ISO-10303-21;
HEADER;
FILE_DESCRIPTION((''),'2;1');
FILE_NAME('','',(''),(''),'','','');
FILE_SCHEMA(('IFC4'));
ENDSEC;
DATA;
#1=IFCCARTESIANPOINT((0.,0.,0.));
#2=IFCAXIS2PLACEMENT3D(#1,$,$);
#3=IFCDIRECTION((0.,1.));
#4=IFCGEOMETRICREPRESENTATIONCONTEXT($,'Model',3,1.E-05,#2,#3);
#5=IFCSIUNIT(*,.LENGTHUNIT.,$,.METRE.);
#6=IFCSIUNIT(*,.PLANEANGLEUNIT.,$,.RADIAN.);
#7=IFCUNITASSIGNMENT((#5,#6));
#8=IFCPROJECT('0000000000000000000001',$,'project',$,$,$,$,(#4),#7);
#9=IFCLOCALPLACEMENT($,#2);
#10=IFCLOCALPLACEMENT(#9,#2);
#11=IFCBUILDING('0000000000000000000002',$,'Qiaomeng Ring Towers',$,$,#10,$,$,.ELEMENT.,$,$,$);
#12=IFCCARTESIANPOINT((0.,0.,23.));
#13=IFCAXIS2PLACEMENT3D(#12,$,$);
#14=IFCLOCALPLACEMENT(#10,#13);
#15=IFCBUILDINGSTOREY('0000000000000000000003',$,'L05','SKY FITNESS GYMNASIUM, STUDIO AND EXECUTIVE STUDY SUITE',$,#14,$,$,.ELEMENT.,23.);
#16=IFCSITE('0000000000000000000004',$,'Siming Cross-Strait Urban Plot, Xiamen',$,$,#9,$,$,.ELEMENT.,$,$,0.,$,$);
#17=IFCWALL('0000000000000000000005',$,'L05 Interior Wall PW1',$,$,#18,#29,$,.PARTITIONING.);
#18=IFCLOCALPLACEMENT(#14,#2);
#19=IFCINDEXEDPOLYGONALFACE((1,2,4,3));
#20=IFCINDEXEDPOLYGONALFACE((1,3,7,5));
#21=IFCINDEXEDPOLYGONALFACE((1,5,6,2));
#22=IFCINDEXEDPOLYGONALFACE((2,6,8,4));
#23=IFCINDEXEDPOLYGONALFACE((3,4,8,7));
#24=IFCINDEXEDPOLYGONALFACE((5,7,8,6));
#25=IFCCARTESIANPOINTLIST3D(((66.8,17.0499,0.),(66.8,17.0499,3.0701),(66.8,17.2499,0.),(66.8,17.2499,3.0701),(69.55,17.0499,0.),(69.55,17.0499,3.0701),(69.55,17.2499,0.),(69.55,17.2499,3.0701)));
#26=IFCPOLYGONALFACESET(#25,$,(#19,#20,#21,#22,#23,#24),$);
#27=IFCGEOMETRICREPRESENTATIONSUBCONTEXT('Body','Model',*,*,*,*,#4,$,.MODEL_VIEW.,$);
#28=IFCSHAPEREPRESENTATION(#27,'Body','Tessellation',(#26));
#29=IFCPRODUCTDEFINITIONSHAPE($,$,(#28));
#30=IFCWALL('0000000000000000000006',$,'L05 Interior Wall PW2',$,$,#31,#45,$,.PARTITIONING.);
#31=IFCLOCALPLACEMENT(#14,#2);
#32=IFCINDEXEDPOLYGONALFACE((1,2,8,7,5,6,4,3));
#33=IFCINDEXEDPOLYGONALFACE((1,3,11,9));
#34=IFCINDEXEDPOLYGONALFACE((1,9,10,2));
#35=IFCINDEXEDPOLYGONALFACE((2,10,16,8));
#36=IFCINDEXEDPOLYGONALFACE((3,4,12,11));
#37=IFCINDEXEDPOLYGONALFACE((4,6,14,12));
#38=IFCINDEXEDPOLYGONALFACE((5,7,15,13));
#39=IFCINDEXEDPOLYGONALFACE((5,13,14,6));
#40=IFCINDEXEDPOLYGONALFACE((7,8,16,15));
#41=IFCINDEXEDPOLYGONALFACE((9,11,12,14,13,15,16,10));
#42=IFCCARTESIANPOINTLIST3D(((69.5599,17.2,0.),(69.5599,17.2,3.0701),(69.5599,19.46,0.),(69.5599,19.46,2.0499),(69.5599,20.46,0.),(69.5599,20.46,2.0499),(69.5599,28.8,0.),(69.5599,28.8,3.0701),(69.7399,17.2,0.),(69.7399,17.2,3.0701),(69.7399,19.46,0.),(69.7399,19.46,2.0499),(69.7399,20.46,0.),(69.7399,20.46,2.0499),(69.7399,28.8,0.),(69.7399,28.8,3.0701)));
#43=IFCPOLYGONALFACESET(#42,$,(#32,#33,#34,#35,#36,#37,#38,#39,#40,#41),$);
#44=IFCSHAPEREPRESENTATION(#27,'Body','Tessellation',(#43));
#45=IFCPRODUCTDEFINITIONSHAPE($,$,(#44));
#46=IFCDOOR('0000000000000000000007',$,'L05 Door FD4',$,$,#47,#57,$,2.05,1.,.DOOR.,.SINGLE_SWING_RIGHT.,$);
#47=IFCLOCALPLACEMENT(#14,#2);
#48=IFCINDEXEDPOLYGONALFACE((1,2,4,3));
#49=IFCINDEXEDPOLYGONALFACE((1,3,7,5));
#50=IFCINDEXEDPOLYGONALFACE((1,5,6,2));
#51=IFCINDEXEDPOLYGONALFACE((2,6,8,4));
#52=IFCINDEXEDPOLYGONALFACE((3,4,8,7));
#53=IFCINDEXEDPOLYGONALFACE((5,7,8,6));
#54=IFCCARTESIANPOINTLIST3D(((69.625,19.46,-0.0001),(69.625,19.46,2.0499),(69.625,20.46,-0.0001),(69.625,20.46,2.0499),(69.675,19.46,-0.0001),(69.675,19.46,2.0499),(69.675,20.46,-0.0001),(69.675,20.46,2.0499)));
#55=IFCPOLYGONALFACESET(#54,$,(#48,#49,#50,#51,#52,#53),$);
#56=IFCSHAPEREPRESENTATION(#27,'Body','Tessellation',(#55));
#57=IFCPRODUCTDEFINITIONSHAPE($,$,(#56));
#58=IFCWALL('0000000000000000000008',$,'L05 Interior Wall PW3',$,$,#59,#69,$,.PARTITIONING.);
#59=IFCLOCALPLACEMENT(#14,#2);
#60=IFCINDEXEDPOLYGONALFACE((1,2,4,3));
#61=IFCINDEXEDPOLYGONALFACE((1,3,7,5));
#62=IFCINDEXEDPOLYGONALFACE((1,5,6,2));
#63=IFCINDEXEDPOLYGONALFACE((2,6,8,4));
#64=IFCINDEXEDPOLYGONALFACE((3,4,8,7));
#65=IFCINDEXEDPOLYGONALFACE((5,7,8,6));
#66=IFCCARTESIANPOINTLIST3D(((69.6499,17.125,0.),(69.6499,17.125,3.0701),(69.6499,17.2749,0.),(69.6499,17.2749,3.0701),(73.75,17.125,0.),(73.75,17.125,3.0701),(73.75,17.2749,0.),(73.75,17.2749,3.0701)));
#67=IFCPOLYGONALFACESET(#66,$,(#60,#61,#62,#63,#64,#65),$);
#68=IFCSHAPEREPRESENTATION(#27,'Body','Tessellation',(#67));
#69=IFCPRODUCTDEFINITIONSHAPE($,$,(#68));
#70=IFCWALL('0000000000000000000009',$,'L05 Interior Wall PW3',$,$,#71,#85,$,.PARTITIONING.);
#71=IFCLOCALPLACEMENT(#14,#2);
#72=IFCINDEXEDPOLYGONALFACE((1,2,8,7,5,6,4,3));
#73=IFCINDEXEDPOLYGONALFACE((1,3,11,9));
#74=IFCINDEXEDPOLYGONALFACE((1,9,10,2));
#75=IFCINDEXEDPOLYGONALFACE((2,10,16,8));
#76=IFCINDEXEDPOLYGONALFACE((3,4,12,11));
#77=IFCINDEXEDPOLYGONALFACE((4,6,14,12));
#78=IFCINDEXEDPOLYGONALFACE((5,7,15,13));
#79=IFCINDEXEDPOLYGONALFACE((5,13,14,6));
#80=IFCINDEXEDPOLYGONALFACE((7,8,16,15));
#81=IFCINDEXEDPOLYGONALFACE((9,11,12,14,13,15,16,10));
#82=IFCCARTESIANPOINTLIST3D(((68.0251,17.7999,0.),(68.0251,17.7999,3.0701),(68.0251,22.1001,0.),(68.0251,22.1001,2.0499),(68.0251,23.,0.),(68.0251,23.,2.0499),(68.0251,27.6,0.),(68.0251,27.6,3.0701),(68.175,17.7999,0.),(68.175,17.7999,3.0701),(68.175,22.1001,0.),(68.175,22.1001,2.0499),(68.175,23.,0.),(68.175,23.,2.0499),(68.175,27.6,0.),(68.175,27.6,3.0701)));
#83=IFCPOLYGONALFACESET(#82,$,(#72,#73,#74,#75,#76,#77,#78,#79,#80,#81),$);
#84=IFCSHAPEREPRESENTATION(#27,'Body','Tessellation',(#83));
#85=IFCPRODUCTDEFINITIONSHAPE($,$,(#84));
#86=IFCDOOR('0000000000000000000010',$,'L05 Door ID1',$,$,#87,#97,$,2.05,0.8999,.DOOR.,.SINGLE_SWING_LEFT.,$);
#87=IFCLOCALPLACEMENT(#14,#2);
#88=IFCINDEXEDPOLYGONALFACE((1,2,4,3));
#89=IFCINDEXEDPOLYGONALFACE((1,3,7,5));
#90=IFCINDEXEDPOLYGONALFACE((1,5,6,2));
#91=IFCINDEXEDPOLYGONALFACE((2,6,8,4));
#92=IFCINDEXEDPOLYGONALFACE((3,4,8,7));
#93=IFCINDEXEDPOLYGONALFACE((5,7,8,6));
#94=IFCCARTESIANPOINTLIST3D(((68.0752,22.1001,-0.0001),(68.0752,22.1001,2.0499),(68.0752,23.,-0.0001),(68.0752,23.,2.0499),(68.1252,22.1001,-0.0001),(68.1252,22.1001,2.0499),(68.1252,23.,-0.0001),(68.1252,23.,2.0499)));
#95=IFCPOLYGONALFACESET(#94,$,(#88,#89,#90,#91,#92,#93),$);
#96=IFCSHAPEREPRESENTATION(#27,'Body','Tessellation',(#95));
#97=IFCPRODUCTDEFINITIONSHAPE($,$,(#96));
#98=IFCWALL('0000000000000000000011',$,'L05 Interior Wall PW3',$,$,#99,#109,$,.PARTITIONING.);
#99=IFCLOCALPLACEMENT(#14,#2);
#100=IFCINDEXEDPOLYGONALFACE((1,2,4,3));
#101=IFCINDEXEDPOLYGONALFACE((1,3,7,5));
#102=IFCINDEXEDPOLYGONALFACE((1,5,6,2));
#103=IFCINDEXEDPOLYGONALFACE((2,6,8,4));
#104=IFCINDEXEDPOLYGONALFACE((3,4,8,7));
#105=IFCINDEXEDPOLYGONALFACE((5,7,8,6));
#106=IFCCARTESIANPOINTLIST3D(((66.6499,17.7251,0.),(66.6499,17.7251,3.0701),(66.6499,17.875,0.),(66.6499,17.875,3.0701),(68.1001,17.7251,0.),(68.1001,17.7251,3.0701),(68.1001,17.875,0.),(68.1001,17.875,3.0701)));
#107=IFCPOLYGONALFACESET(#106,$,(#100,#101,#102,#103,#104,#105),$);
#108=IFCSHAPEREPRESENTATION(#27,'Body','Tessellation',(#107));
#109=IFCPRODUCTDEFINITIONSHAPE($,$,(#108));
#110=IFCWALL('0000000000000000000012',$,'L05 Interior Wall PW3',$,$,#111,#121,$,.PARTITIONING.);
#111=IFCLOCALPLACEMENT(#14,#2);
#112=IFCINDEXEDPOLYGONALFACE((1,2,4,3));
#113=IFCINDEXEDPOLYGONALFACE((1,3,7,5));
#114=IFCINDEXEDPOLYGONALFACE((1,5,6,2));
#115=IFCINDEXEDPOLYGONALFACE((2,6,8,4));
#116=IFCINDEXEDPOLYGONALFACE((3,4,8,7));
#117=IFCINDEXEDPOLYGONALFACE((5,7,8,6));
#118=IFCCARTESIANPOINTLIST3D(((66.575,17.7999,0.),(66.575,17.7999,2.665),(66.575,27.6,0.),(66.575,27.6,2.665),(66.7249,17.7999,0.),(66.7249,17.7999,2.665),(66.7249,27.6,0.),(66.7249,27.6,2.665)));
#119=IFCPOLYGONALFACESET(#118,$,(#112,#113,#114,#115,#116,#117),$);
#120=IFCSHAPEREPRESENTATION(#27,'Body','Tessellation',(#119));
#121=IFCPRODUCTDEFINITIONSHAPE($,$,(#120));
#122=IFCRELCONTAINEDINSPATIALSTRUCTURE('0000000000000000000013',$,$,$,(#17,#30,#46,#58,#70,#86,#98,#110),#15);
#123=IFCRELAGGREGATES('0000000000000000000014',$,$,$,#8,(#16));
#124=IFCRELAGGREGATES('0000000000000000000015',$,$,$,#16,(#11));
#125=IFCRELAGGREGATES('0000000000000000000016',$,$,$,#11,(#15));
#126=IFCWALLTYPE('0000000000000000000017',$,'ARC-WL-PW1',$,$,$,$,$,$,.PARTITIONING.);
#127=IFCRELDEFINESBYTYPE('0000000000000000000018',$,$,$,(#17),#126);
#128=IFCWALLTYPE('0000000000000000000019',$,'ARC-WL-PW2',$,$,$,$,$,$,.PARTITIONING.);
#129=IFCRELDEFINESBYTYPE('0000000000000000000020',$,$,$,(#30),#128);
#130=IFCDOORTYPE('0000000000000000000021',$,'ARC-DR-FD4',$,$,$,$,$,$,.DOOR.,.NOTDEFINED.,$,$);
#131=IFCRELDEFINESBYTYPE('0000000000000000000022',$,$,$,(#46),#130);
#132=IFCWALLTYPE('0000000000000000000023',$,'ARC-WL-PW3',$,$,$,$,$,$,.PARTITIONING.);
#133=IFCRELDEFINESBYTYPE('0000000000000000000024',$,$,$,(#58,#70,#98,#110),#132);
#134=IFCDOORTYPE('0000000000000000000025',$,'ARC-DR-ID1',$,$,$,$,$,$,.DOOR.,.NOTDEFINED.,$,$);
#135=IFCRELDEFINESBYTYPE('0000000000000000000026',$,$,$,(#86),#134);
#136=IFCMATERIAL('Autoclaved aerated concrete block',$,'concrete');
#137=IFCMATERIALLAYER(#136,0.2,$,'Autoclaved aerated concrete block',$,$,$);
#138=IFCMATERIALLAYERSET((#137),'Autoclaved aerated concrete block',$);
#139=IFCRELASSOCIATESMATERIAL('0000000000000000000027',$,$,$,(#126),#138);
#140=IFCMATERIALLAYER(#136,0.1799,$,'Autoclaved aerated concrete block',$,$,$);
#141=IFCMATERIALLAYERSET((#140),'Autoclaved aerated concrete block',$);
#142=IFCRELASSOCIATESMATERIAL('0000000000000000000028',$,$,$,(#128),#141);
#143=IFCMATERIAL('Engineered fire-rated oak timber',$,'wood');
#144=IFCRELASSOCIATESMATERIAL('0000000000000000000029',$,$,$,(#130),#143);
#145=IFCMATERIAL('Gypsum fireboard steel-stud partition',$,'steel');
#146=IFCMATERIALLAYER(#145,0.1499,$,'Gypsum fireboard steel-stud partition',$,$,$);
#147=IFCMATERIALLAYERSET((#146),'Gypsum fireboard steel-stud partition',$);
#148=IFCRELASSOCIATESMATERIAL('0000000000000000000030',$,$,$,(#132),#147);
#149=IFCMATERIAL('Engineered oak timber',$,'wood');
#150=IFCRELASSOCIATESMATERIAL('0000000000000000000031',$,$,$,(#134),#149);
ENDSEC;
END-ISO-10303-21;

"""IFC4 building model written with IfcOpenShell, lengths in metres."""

from ifc_helpers import new_model, si_unit, direction, frame, frame_2d, origin, place, context, subcontext, project, spatial, rectangle, extrude, source, transform, mapped, material, layer, layer_set, type_object, element, fill, save


model = new_model("IFC4")

# Units and contexts
model_context = context("Model", 3, precision=1e-05, world=origin(), true_north=direction((0.0, 1.0)))
body_context = subcontext(model_context, "Body", "Model", "MODEL_VIEW")
ifc_project = project(units=[si_unit("LENGTHUNIT", "METRE"), si_unit("PLANEANGLEUNIT", "RADIAN")], contexts=[model_context])

# Site, building, storey
site_placement = place(None, origin())
site = spatial("IfcSite", under=ifc_project, at=site_placement, Name="Siming Cross-Strait Urban Plot, Xiamen", CompositionType="ELEMENT", RefElevation=0.0)
building_placement = place(site_placement, origin())
building = spatial("IfcBuilding", under=site, at=building_placement, Name="Qiaomeng Ring Towers", CompositionType="ELEMENT")
storey_placement = place(building_placement, frame((0.0, 0.0, 23.0)))
storey = spatial("IfcBuildingStorey", under=building, at=storey_placement, Name="L05", Description="SKY FITNESS GYMNASIUM, STUDIO AND EXECUTIVE STUDY SUITE", CompositionType="ELEMENT", Elevation=23.0)

# Wall
ifc_material_1 = material(Name="Autoclaved aerated concrete block", Category="concrete")
ifc_layer_1 = layer(ifc_material_1, 0.2, Name="Autoclaved aerated concrete block")
ifc_layer_set_1 = layer_set([ifc_layer_1], Name="Autoclaved aerated concrete block")
wall_type_1 = type_object("IfcWallType", Name="ARC-WL-PW1", PredefinedType="PARTITIONING", material=ifc_layer_set_1)
wall_1_placement = place(storey_placement, frame((66.8, 17.1499, 0.0), z_axis=(0.0, 0.0, 1.0), x_axis=(1.0, 0.0, 0.0)))
element("IfcWall", 1, at=wall_1_placement, inside=storey, type_object=wall_type_1, Name="L05 Interior Wall PW1", PredefinedType="PARTITIONING", context=body_context, shape_type="SweptSolid", body=[
    extrude(rectangle(XDim=2.75, YDim=0.2, at=frame_2d((1.375, 0.0))), origin(), (0.0, 0.0, 1.0), 3.0701),
])

# Wall, opening, door
ifc_layer_2 = layer(ifc_material_1, 0.1799, Name="Autoclaved aerated concrete block")
ifc_layer_set_2 = layer_set([ifc_layer_2], Name="Autoclaved aerated concrete block")
wall_type_2 = type_object("IfcWallType", Name="ARC-WL-PW2", PredefinedType="PARTITIONING", material=ifc_layer_set_2)
wall_2_placement = place(storey_placement, frame((69.6499, 17.2, 0.0), z_axis=(0.0, 0.0, 1.0), x_axis=(0.0, 1.0, 0.0)))
wall_2 = element("IfcWall", 2, at=wall_2_placement, inside=storey, type_object=wall_type_2, Name="L05 Interior Wall PW2", PredefinedType="PARTITIONING", context=body_context, shape_type="SweptSolid", body=[
    extrude(rectangle(XDim=11.6001, YDim=0.1799, at=frame_2d((5.8, 0.0))), origin(), (0.0, 0.0, 1.0), 3.0701),
])
opening_1_placement = place(wall_2_placement, frame((2.26, 0.0, 0.0)))
opening_1 = element("IfcOpeningElement", 3, at=opening_1_placement, cuts=wall_2, PredefinedType="OPENING", context=body_context, shape_type="SweptSolid", body=[
    extrude(rectangle(XDim=1.0, YDim=2.05, at=frame_2d((0.5, 1.0249))), frame((0.0, 0.0999, 0.0), z_axis=(0.0, -1.0, 0.0), x_axis=(1.0, 0.0, 0.0)), (0.0, 0.0, 1.0), 0.2),
])
ifc_material_2 = material(Name="Engineered fire-rated oak timber", Category="wood")
door_type_1 = type_object("IfcDoorType", Name="ARC-DR-FD4", OperationType="NOTDEFINED", PredefinedType="DOOR", material=ifc_material_2)
shared_shape_1 = source(origin(), body_context, "Body", "SweptSolid", [
    extrude(rectangle(XDim=1.0, YDim=2.05, at=frame_2d((0.5, 1.0249))), frame((0.0, 0.0249, 0.0), z_axis=(0.0, -1.0, 0.0), x_axis=(1.0, 0.0, 0.0)), (0.0, 0.0, 1.0), 0.05),
])
door_1_placement = place(opening_1_placement, origin())
door_1 = element("IfcDoor", 4, at=door_1_placement, inside=storey, type_object=door_type_1, Name="L05 Door FD4", OperationType="SINGLE_SWING_RIGHT", OverallHeight=2.05, OverallWidth=1.0, PredefinedType="DOOR", context=body_context, shape_type="MappedRepresentation", body=[
    mapped(shared_shape_1, transform((0.0, 0.0, 0.0), x_axis=(1.0, 0.0, 0.0), y_axis=(0.0, 1.0, 0.0), z_axis=(0.0, 0.0, 1.0), scale=1.0)),
])
fill(opening_1, door_1)

# Wall
ifc_material_3 = material(Name="Gypsum fireboard steel-stud partition", Category="steel")
ifc_layer_3 = layer(ifc_material_3, 0.1499, Name="Gypsum fireboard steel-stud partition")
ifc_layer_set_3 = layer_set([ifc_layer_3], Name="Gypsum fireboard steel-stud partition")
wall_type_3 = type_object("IfcWallType", Name="ARC-WL-PW3", PredefinedType="PARTITIONING", material=ifc_layer_set_3)
wall_3_placement = place(storey_placement, frame((69.6499, 17.2, 0.0), z_axis=(0.0, 0.0, 1.0), x_axis=(1.0, 0.0, 0.0)))
element("IfcWall", 5, at=wall_3_placement, inside=storey, type_object=wall_type_3, Name="L05 Interior Wall PW3", PredefinedType="PARTITIONING", context=body_context, shape_type="SweptSolid", body=[
    extrude(rectangle(XDim=4.1001, YDim=0.1499, at=frame_2d((2.05, 0.0))), origin(), (0.0, 0.0, 1.0), 3.0701),
])

# Wall, opening, door
wall_4_placement = place(storey_placement, frame((68.1001, 17.8, 0.0), z_axis=(0.0, 0.0, 1.0), x_axis=(0.0, 1.0, 0.0)))
wall_4 = element("IfcWall", 6, at=wall_4_placement, inside=storey, type_object=wall_type_3, Name="L05 Interior Wall PW3", PredefinedType="PARTITIONING", context=body_context, shape_type="SweptSolid", body=[
    extrude(rectangle(XDim=9.8, YDim=0.1499, at=frame_2d((4.8999, 0.0))), origin(), (0.0, 0.0, 1.0), 3.0701),
])
opening_2_placement = place(wall_4_placement, frame((4.3, 0.0, 0.0)))
opening_2 = element("IfcOpeningElement", 7, at=opening_2_placement, cuts=wall_4, PredefinedType="OPENING", context=body_context, shape_type="SweptSolid", body=[
    extrude(rectangle(XDim=0.8999, YDim=2.05, at=frame_2d((0.45, 1.0249))), frame((0.0, 0.085, 0.0), z_axis=(0.0, -1.0, 0.0), x_axis=(1.0, 0.0, 0.0)), (0.0, 0.0, 1.0), 0.1699),
])
ifc_material_4 = material(Name="Engineered oak timber", Category="wood")
door_type_2 = type_object("IfcDoorType", Name="ARC-DR-ID1", OperationType="NOTDEFINED", PredefinedType="DOOR", material=ifc_material_4)
shared_shape_2 = source(origin(), body_context, "Body", "SweptSolid", [
    extrude(rectangle(XDim=0.8999, YDim=2.05, at=frame_2d((0.45, 1.0249))), frame((0.0, 0.0249, 0.0), z_axis=(0.0, -1.0, 0.0), x_axis=(1.0, 0.0, 0.0)), (0.0, 0.0, 1.0), 0.05),
])
door_2_placement = place(opening_2_placement, origin())
door_2 = element("IfcDoor", 8, at=door_2_placement, inside=storey, type_object=door_type_2, Name="L05 Door ID1", OperationType="SINGLE_SWING_LEFT", OverallHeight=2.05, OverallWidth=0.8999, PredefinedType="DOOR", context=body_context, shape_type="MappedRepresentation", body=[
    mapped(shared_shape_2, transform((0.0, 0.0, 0.0), x_axis=(1.0, 0.0, 0.0), y_axis=(0.0, 1.0, 0.0), z_axis=(0.0, 0.0, 1.0), scale=1.0)),
])
fill(opening_2, door_2)

# Walls
wall_5_placement = place(storey_placement, frame((66.6499, 17.8, 0.0), z_axis=(0.0, 0.0, 1.0), x_axis=(1.0, 0.0, 0.0)))
element("IfcWall", 9, at=wall_5_placement, inside=storey, type_object=wall_type_3, Name="L05 Interior Wall PW3", PredefinedType="PARTITIONING", context=body_context, shape_type="SweptSolid", body=[
    extrude(rectangle(XDim=1.4502, YDim=0.1499, at=frame_2d((0.7251, 0.0))), origin(), (0.0, 0.0, 1.0), 3.0701),
])
wall_6_placement = place(storey_placement, frame((66.6499, 17.8, 0.0), z_axis=(0.0, 0.0, 1.0), x_axis=(0.0, 1.0, 0.0)))
element("IfcWall", 10, at=wall_6_placement, inside=storey, type_object=wall_type_3, Name="L05 Interior Wall PW3", PredefinedType="PARTITIONING", context=body_context, shape_type="SweptSolid", body=[
    extrude(rectangle(XDim=9.8, YDim=0.1499, at=frame_2d((4.8999, 0.0))), origin(), (0.0, 0.0, 1.0), 2.665),
])

save(model, "model.ifc")
